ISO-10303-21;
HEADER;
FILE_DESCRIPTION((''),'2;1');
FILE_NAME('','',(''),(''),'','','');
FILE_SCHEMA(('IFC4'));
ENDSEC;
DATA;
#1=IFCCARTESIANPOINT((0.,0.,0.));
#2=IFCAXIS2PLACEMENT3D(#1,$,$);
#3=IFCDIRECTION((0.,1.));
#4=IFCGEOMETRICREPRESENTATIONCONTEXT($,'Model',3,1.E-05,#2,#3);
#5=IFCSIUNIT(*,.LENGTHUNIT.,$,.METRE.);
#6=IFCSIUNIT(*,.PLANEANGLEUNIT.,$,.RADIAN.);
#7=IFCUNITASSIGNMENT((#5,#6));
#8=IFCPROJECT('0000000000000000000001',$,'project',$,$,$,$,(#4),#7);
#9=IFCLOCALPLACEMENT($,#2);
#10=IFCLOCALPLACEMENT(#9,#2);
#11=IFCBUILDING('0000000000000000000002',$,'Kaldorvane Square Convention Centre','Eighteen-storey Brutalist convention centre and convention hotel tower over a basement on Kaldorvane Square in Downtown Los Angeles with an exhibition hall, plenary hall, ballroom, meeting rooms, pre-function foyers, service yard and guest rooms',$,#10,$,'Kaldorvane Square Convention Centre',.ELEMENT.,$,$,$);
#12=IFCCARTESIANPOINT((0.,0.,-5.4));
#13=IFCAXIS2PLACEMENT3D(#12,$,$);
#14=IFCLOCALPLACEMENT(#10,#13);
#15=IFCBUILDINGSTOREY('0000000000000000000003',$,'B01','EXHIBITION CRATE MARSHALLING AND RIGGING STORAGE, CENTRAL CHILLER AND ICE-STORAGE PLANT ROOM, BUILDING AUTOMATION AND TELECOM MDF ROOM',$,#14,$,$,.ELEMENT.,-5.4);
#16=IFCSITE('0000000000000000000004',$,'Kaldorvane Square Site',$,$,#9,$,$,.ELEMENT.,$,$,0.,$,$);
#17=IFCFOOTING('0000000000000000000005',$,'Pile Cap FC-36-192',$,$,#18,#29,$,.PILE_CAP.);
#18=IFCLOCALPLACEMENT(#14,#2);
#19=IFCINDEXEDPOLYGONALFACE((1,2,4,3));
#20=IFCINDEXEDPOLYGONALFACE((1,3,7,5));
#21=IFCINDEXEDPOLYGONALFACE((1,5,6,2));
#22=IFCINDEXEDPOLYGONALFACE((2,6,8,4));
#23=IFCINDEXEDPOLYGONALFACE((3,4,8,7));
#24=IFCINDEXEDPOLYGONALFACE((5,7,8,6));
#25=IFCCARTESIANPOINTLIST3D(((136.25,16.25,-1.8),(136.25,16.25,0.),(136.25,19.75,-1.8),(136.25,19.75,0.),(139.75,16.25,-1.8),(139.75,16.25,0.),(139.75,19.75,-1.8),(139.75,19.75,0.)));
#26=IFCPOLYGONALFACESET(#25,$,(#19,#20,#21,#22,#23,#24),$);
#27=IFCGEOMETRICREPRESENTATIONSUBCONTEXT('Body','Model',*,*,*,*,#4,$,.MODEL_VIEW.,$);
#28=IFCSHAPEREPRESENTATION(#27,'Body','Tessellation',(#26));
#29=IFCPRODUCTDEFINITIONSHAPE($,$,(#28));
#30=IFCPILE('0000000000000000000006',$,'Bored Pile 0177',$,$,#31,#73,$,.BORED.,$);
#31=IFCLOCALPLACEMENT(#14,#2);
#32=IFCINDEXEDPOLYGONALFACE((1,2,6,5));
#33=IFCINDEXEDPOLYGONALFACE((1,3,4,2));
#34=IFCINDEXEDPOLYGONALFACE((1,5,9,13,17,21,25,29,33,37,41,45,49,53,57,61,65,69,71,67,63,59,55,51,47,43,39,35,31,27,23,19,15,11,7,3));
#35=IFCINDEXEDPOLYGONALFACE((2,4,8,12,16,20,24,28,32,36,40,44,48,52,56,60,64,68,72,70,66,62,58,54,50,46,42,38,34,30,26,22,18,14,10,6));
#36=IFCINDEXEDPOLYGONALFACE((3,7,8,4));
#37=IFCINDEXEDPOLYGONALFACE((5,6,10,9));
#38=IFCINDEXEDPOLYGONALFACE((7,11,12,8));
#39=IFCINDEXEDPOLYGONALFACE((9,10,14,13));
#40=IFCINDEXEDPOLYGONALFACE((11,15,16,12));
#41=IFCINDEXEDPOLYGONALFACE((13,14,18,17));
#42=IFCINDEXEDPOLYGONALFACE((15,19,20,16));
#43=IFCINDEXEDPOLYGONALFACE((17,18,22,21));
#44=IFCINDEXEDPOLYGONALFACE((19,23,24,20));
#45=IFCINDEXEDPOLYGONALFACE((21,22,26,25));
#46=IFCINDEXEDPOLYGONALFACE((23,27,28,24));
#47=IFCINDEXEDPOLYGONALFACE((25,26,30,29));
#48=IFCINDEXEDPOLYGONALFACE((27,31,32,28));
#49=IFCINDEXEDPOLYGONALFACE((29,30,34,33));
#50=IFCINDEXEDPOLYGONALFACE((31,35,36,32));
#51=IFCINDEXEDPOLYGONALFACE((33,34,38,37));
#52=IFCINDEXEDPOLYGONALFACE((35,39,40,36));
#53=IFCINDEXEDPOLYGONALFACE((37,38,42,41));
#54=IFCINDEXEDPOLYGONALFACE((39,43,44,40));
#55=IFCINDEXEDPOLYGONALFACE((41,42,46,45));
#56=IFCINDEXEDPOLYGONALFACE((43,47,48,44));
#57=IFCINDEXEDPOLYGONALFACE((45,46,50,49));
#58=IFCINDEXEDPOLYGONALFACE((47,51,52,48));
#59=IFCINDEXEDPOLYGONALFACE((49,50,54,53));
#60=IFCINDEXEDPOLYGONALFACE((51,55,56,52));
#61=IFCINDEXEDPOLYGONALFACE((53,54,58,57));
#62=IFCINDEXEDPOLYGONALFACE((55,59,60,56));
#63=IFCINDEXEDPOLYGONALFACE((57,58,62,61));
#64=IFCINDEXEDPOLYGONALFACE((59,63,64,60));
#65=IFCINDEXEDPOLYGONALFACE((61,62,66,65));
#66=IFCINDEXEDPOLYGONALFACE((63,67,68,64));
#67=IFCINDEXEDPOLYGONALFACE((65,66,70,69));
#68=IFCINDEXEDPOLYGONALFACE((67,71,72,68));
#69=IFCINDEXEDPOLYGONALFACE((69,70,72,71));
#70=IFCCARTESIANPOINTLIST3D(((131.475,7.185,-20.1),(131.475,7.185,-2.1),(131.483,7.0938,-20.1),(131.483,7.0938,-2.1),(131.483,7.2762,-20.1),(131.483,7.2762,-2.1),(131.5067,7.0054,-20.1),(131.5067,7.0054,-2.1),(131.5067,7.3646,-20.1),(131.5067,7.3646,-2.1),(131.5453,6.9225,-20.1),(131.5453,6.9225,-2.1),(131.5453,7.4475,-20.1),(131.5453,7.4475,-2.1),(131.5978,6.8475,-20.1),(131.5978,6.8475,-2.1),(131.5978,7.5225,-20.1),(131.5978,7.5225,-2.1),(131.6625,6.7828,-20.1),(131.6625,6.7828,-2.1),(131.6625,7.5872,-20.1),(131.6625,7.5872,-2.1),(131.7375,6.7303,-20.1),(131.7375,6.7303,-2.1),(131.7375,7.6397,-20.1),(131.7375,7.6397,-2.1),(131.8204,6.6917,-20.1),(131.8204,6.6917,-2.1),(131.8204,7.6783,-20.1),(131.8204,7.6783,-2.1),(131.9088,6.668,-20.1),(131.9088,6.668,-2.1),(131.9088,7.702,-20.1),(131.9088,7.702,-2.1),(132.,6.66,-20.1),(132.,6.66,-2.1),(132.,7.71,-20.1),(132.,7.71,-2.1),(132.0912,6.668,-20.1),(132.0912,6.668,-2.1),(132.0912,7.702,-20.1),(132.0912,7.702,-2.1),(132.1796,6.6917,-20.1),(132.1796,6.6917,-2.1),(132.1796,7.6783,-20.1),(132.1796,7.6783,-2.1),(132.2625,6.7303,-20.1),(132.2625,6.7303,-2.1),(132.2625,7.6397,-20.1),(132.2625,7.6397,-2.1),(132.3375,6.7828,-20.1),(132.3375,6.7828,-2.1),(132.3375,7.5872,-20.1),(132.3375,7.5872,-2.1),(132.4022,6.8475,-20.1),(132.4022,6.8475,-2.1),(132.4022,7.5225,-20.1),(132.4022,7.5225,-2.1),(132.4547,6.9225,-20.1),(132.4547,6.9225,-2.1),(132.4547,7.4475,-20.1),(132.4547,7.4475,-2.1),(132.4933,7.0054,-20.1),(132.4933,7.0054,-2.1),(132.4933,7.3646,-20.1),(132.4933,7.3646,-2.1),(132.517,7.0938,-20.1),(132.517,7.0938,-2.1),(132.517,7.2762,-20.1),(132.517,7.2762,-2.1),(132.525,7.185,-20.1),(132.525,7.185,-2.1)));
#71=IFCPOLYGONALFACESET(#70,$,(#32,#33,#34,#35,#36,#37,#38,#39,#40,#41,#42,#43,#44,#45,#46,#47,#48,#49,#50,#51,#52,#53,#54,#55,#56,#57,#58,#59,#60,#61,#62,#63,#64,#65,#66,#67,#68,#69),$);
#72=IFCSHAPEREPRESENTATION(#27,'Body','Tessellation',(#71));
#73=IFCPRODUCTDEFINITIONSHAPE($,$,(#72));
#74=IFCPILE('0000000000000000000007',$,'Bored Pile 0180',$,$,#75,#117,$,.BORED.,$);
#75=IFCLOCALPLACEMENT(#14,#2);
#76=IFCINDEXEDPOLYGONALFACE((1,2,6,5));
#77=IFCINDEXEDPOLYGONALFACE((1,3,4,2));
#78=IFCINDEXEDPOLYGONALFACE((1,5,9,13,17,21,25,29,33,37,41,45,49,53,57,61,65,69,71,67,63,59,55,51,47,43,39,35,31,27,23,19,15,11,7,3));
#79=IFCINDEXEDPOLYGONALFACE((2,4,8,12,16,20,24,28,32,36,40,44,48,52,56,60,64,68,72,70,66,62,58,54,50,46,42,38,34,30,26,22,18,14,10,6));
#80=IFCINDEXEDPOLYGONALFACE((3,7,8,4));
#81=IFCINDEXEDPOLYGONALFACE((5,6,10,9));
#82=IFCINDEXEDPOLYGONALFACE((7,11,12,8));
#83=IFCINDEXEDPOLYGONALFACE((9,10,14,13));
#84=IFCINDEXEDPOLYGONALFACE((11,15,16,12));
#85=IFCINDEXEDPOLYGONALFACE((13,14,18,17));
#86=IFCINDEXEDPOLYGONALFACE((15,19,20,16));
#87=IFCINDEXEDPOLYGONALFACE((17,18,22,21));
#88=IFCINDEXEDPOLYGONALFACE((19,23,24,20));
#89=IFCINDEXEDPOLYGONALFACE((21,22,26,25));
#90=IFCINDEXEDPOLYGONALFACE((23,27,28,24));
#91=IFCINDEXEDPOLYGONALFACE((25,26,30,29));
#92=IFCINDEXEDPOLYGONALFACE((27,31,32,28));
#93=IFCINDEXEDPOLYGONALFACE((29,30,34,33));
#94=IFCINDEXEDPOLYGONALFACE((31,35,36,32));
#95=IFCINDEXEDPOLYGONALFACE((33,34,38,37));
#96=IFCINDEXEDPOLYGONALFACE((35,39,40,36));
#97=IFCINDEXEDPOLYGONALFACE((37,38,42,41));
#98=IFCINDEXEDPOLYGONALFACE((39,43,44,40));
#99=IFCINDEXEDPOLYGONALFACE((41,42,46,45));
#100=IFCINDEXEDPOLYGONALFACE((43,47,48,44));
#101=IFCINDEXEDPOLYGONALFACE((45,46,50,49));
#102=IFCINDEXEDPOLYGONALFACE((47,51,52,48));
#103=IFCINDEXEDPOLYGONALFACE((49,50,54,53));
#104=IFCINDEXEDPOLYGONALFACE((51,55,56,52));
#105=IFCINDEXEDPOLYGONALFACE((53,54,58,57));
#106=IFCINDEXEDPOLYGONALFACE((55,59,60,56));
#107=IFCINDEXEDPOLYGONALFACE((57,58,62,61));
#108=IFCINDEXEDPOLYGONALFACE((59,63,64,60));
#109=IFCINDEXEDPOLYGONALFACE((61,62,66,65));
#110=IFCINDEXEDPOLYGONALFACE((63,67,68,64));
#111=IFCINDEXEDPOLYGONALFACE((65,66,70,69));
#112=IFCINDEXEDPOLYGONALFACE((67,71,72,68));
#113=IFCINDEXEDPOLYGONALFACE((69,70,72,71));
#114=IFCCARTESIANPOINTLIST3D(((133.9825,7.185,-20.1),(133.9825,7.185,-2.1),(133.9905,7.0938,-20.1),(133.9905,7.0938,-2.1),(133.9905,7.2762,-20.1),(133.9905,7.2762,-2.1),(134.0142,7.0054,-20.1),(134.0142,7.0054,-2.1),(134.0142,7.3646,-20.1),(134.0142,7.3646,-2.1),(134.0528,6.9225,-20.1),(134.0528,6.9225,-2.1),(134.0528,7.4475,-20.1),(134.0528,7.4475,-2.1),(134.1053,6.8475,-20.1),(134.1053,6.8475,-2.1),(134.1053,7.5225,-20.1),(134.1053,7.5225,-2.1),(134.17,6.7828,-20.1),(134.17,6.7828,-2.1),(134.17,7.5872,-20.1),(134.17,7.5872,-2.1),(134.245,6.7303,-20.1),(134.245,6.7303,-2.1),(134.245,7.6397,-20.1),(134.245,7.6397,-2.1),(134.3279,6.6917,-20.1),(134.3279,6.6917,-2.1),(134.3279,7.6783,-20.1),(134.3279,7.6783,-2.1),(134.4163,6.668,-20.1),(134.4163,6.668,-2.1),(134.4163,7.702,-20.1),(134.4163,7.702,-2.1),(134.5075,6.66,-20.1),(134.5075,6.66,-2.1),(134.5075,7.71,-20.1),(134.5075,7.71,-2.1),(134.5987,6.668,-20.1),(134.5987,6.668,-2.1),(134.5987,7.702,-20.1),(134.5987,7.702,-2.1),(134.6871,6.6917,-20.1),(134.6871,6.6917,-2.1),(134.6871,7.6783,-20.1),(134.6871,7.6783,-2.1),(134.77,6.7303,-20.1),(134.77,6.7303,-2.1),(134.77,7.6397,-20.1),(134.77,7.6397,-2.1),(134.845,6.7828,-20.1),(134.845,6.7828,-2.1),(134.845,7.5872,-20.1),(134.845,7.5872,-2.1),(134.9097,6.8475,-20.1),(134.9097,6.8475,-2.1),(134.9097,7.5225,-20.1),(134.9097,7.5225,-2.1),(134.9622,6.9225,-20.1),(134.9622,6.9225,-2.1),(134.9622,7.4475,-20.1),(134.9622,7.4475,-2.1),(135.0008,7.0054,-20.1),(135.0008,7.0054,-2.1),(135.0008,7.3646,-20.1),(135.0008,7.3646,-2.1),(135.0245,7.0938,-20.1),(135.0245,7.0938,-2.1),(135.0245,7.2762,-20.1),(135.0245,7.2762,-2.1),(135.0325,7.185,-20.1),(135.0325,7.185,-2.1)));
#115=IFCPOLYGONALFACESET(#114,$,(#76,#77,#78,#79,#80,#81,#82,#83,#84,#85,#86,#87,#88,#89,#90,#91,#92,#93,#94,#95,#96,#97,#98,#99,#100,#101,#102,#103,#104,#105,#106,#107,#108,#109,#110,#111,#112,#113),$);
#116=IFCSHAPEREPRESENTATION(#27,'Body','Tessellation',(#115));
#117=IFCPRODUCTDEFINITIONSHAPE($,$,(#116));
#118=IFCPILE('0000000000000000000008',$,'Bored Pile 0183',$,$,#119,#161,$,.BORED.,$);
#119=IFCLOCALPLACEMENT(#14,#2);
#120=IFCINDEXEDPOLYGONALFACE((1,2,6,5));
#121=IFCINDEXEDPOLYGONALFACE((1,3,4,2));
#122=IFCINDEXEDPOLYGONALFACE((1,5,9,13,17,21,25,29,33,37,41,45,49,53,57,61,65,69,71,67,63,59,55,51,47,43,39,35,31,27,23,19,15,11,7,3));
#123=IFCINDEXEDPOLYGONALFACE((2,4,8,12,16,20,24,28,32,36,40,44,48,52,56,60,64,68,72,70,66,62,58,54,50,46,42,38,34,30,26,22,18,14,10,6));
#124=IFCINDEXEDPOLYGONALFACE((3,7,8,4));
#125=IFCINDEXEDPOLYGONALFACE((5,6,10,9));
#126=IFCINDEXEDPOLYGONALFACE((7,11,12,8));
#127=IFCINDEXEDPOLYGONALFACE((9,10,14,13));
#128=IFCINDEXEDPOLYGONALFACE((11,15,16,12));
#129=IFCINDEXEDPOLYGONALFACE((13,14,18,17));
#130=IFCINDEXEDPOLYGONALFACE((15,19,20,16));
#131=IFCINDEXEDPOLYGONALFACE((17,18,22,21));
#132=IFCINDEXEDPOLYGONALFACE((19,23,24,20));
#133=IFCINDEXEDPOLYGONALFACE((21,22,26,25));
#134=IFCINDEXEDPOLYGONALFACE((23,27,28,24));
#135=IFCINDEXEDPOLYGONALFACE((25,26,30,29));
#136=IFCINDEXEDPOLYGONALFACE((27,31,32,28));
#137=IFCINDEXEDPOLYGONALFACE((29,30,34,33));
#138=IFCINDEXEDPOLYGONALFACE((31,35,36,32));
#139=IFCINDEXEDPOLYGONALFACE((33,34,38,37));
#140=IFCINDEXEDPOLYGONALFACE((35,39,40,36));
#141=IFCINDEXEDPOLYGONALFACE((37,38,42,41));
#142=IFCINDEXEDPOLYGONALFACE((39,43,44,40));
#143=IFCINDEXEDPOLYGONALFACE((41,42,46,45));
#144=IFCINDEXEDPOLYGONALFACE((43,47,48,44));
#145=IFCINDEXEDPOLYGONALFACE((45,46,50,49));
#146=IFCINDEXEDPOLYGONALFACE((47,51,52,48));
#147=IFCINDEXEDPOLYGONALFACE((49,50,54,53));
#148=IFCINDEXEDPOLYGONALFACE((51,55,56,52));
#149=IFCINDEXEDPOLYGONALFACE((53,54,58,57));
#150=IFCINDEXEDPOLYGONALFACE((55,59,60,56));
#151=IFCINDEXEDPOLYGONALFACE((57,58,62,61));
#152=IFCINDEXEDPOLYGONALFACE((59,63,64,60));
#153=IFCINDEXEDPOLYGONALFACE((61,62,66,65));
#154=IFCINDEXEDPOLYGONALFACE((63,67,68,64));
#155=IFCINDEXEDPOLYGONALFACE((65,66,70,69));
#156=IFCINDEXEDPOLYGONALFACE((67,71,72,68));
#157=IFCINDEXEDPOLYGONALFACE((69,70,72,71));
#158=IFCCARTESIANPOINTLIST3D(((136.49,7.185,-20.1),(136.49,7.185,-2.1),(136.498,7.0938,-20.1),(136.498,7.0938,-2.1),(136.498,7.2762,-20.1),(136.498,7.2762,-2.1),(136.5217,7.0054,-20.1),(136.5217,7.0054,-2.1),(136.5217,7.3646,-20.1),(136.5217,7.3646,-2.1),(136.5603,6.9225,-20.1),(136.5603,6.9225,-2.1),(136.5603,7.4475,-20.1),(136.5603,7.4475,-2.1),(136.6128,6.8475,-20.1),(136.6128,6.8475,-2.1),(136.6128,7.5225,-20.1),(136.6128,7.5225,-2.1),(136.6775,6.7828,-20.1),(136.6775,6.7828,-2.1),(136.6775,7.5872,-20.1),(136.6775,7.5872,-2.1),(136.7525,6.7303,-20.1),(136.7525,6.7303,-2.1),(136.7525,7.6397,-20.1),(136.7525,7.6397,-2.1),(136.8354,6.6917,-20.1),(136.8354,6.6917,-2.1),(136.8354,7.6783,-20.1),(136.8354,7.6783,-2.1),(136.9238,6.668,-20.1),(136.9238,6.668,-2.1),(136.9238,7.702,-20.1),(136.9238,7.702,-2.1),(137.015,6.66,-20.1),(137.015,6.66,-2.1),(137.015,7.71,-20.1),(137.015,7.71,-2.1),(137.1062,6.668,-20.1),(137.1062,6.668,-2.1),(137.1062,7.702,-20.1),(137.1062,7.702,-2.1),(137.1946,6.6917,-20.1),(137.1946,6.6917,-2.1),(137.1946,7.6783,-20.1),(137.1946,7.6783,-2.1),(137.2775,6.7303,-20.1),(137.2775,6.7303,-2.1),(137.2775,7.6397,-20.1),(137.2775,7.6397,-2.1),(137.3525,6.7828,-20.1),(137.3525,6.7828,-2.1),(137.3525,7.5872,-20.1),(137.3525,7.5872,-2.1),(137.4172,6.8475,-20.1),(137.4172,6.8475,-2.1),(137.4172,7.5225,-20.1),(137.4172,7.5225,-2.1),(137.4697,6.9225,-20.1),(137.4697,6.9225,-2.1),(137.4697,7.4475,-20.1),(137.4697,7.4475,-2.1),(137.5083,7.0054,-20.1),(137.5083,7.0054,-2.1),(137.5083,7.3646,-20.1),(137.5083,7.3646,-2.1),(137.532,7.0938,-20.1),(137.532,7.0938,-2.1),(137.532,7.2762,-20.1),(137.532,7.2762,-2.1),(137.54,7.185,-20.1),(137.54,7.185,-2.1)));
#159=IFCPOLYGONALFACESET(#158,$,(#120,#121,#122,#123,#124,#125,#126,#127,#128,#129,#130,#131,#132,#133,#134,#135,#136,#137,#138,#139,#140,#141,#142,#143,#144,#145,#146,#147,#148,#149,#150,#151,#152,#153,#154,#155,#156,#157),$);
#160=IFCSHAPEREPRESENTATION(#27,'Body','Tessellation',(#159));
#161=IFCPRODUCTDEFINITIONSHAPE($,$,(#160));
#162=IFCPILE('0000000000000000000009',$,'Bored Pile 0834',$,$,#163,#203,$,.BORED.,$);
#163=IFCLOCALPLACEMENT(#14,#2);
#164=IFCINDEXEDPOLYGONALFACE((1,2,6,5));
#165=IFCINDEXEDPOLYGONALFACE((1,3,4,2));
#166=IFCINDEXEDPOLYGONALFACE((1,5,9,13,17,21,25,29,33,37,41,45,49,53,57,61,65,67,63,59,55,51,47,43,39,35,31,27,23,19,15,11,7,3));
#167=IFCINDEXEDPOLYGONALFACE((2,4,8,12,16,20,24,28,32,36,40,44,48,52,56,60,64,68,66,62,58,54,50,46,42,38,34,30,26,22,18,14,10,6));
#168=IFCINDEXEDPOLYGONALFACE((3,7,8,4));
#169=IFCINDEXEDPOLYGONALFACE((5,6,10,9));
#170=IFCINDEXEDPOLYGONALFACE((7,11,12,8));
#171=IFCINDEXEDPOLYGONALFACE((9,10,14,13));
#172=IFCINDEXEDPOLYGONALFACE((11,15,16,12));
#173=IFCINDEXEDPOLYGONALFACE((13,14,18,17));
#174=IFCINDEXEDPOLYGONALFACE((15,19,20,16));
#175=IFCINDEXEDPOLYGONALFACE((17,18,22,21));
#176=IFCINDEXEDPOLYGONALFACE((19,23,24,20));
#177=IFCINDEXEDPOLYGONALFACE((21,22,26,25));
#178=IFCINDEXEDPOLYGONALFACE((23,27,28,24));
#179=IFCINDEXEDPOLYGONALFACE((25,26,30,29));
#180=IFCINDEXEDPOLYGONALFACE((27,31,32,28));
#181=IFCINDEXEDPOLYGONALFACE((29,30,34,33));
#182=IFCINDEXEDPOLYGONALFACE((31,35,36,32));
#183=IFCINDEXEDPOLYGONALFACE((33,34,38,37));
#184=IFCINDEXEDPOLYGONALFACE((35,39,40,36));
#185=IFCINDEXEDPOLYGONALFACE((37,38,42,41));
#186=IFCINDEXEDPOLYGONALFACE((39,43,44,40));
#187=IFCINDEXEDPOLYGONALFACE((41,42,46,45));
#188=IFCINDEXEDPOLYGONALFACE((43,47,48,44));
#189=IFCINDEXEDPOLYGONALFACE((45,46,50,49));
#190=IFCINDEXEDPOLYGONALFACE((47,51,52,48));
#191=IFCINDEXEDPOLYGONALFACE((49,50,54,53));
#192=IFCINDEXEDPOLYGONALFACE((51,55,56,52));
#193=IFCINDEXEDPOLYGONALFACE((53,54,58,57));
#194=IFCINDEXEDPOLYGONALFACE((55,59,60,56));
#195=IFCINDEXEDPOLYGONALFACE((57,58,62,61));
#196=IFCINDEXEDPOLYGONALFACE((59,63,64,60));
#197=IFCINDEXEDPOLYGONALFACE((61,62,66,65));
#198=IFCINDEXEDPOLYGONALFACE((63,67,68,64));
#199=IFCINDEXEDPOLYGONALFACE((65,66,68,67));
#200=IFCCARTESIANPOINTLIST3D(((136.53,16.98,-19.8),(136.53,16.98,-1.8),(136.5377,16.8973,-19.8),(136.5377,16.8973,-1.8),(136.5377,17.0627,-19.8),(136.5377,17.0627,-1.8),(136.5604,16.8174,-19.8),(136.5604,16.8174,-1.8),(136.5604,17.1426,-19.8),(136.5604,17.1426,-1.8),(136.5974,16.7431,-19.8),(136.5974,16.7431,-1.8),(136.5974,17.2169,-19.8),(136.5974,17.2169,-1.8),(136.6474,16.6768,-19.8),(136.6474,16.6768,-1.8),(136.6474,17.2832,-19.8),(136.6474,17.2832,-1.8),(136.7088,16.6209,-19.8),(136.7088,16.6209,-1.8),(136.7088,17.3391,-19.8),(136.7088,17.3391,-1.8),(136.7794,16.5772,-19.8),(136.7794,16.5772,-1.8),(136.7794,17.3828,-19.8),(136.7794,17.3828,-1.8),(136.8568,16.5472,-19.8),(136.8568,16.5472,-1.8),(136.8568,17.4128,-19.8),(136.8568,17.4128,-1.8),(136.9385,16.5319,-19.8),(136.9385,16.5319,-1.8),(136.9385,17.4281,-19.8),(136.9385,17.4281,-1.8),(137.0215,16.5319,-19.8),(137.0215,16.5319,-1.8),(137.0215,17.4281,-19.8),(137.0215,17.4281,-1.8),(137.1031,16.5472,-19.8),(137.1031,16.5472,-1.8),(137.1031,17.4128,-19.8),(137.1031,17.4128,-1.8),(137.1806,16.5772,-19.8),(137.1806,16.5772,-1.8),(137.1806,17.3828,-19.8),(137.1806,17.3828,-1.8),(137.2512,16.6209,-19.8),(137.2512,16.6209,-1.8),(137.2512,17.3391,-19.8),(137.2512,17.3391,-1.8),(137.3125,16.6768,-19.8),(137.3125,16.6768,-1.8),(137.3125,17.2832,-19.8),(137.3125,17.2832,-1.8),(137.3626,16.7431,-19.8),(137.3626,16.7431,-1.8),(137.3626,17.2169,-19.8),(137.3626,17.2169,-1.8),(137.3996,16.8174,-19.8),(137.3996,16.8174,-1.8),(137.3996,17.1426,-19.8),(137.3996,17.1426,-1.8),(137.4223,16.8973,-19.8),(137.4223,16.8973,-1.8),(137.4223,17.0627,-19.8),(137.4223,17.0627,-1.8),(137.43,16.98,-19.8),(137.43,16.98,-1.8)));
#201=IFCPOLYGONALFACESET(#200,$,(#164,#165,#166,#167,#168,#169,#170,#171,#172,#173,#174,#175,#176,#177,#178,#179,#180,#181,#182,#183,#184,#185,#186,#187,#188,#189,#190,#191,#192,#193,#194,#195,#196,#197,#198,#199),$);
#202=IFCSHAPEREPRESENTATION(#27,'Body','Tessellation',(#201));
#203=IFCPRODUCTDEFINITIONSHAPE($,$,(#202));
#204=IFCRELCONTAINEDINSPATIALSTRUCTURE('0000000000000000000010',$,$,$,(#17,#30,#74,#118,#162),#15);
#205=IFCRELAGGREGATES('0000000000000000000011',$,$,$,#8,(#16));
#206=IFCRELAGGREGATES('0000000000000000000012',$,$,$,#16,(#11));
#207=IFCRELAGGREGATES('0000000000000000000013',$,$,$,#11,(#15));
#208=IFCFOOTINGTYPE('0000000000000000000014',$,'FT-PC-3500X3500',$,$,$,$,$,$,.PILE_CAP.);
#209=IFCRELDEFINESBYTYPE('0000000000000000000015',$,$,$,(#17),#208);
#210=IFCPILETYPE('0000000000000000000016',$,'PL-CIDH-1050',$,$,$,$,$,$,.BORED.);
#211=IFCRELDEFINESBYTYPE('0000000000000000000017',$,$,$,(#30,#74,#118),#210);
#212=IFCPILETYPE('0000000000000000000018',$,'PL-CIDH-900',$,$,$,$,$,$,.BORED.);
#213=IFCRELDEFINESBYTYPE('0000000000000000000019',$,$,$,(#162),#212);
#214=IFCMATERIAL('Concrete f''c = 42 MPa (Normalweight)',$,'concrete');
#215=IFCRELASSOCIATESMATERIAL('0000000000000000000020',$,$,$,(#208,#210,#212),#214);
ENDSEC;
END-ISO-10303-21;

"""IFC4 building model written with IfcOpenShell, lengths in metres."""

from ifc_helpers import new_model, si_unit, direction, frame, origin, origin_2d, place, context, subcontext, project, spatial, rectangle, circle, extrude, material, material_profile, profile_set, type_object, element, save


model = new_model("IFC4")

# Units and contexts
model_context = context("Model", 3, precision=1e-05, world=origin(), true_north=direction((0.0, 1.0)))
body_context = subcontext(model_context, "Body", "Model", "MODEL_VIEW")
ifc_project = project(units=[si_unit("LENGTHUNIT", "METRE"), si_unit("PLANEANGLEUNIT", "RADIAN")], contexts=[model_context])

# Site, building, storey
site_placement = place(None, origin())
site = spatial("IfcSite", under=ifc_project, at=site_placement, Name="Kaldorvane Square Site", CompositionType="ELEMENT", RefElevation=0.0)
building_placement = place(site_placement, origin())
building = spatial("IfcBuilding", under=site, at=building_placement, Name="Kaldorvane Square Convention Centre", Description="Eighteen-storey Brutalist convention centre and convention hotel tower over a basement on Kaldorvane Square in Downtown Los Angeles with an exhibition hall, plenary hall, ballroom, meeting rooms, pre-function foyers, service yard and guest rooms", LongName="Kaldorvane Square Convention Centre", CompositionType="ELEMENT")
storey_placement = place(building_placement, frame((0.0, 0.0, -5.4)))
storey = spatial("IfcBuildingStorey", under=building, at=storey_placement, Name="B01", Description="EXHIBITION CRATE MARSHALLING AND RIGGING STORAGE, CENTRAL CHILLER AND ICE-STORAGE PLANT ROOM, BUILDING AUTOMATION AND TELECOM MDF ROOM", CompositionType="ELEMENT", Elevation=-5.4)

# Footing
ifc_material_1 = material(Name="Concrete f'c = 42 MPa (Normalweight)", Category="concrete")
footing_type = type_object("IfcFootingType", Name="FT-PC-3500X3500", PredefinedType="PILE_CAP", material=ifc_material_1)
footing_placement = place(storey_placement, frame((138.0, 18.0, -1.8), z_axis=(0.0, 0.0, 1.0), x_axis=(1.0, 0.0, 0.0)))
element("IfcFooting", 1, at=footing_placement, inside=storey, type_object=footing_type, Name="Pile Cap FC-36-192", PredefinedType="PILE_CAP", context=body_context, shape_type="SweptSolid", body=[
    extrude(rectangle(XDim=3.5, YDim=3.5, at=origin_2d()), origin(), (0.0, 0.0, 1.0), 1.8),
])

# Piles
ifc_material_profile_1 = material_profile(ifc_material_1, circle(Radius=0.525, at=origin_2d()), Name="PILE-D1050")
ifc_profile_set_1 = profile_set([ifc_material_profile_1], Name="Concrete f'c = 42 MPa (Normalweight)")
pile_type_1 = type_object("IfcPileType", Name="PL-CIDH-1050", PredefinedType="BORED", material=ifc_profile_set_1)
for number, where, z_axis, x_axis, name in (
    (2, (132.0, 7.185, -2.1), (0.0, 0.0, -1.0), (1.0, 0.0, 0.0), "Bored Pile 0177"),
    (3, (134.5075, 7.185, -2.1), (0.0, 0.0, -1.0), (1.0, 0.0, 0.0), "Bored Pile 0180"),
    (4, (137.015, 7.185, -2.1), (0.0, 0.0, -1.0), (1.0, 0.0, 0.0), "Bored Pile 0183"),
):
    element("IfcPile", number, at=place(storey_placement, frame(where, z_axis=z_axis, x_axis=x_axis)), inside=storey, type_object=pile_type_1, Name=name, PredefinedType="BORED", context=body_context, shape_type="SweptSolid", body=[
        extrude(circle(Radius=0.525, at=origin_2d()), origin(), (0.0, 0.0, 1.0), 18.0),
    ])
ifc_material_profile_2 = material_profile(ifc_material_1, circle(Radius=0.45, at=origin_2d()), Name="PILE-D900")
ifc_profile_set_2 = profile_set([ifc_material_profile_2], Name="Concrete f'c = 42 MPa (Normalweight)")
pile_type_2 = type_object("IfcPileType", Name="PL-CIDH-900", PredefinedType="BORED", material=ifc_profile_set_2)
for number, where, z_axis, x_axis, name in (
    (5, (136.98, 16.98, -1.8), (0.0, 0.0, -1.0), (1.0, 0.0, 0.0), "Bored Pile 0834"),
):
    element("IfcPile", number, at=place(storey_placement, frame(where, z_axis=z_axis, x_axis=x_axis)), inside=storey, type_object=pile_type_2, Name=name, PredefinedType="BORED", context=body_context, shape_type="SweptSolid", body=[
        extrude(circle(Radius=0.45, at=origin_2d()), origin(), (0.0, 0.0, 1.0), 18.0),
    ])

save(model, "model.ifc")
